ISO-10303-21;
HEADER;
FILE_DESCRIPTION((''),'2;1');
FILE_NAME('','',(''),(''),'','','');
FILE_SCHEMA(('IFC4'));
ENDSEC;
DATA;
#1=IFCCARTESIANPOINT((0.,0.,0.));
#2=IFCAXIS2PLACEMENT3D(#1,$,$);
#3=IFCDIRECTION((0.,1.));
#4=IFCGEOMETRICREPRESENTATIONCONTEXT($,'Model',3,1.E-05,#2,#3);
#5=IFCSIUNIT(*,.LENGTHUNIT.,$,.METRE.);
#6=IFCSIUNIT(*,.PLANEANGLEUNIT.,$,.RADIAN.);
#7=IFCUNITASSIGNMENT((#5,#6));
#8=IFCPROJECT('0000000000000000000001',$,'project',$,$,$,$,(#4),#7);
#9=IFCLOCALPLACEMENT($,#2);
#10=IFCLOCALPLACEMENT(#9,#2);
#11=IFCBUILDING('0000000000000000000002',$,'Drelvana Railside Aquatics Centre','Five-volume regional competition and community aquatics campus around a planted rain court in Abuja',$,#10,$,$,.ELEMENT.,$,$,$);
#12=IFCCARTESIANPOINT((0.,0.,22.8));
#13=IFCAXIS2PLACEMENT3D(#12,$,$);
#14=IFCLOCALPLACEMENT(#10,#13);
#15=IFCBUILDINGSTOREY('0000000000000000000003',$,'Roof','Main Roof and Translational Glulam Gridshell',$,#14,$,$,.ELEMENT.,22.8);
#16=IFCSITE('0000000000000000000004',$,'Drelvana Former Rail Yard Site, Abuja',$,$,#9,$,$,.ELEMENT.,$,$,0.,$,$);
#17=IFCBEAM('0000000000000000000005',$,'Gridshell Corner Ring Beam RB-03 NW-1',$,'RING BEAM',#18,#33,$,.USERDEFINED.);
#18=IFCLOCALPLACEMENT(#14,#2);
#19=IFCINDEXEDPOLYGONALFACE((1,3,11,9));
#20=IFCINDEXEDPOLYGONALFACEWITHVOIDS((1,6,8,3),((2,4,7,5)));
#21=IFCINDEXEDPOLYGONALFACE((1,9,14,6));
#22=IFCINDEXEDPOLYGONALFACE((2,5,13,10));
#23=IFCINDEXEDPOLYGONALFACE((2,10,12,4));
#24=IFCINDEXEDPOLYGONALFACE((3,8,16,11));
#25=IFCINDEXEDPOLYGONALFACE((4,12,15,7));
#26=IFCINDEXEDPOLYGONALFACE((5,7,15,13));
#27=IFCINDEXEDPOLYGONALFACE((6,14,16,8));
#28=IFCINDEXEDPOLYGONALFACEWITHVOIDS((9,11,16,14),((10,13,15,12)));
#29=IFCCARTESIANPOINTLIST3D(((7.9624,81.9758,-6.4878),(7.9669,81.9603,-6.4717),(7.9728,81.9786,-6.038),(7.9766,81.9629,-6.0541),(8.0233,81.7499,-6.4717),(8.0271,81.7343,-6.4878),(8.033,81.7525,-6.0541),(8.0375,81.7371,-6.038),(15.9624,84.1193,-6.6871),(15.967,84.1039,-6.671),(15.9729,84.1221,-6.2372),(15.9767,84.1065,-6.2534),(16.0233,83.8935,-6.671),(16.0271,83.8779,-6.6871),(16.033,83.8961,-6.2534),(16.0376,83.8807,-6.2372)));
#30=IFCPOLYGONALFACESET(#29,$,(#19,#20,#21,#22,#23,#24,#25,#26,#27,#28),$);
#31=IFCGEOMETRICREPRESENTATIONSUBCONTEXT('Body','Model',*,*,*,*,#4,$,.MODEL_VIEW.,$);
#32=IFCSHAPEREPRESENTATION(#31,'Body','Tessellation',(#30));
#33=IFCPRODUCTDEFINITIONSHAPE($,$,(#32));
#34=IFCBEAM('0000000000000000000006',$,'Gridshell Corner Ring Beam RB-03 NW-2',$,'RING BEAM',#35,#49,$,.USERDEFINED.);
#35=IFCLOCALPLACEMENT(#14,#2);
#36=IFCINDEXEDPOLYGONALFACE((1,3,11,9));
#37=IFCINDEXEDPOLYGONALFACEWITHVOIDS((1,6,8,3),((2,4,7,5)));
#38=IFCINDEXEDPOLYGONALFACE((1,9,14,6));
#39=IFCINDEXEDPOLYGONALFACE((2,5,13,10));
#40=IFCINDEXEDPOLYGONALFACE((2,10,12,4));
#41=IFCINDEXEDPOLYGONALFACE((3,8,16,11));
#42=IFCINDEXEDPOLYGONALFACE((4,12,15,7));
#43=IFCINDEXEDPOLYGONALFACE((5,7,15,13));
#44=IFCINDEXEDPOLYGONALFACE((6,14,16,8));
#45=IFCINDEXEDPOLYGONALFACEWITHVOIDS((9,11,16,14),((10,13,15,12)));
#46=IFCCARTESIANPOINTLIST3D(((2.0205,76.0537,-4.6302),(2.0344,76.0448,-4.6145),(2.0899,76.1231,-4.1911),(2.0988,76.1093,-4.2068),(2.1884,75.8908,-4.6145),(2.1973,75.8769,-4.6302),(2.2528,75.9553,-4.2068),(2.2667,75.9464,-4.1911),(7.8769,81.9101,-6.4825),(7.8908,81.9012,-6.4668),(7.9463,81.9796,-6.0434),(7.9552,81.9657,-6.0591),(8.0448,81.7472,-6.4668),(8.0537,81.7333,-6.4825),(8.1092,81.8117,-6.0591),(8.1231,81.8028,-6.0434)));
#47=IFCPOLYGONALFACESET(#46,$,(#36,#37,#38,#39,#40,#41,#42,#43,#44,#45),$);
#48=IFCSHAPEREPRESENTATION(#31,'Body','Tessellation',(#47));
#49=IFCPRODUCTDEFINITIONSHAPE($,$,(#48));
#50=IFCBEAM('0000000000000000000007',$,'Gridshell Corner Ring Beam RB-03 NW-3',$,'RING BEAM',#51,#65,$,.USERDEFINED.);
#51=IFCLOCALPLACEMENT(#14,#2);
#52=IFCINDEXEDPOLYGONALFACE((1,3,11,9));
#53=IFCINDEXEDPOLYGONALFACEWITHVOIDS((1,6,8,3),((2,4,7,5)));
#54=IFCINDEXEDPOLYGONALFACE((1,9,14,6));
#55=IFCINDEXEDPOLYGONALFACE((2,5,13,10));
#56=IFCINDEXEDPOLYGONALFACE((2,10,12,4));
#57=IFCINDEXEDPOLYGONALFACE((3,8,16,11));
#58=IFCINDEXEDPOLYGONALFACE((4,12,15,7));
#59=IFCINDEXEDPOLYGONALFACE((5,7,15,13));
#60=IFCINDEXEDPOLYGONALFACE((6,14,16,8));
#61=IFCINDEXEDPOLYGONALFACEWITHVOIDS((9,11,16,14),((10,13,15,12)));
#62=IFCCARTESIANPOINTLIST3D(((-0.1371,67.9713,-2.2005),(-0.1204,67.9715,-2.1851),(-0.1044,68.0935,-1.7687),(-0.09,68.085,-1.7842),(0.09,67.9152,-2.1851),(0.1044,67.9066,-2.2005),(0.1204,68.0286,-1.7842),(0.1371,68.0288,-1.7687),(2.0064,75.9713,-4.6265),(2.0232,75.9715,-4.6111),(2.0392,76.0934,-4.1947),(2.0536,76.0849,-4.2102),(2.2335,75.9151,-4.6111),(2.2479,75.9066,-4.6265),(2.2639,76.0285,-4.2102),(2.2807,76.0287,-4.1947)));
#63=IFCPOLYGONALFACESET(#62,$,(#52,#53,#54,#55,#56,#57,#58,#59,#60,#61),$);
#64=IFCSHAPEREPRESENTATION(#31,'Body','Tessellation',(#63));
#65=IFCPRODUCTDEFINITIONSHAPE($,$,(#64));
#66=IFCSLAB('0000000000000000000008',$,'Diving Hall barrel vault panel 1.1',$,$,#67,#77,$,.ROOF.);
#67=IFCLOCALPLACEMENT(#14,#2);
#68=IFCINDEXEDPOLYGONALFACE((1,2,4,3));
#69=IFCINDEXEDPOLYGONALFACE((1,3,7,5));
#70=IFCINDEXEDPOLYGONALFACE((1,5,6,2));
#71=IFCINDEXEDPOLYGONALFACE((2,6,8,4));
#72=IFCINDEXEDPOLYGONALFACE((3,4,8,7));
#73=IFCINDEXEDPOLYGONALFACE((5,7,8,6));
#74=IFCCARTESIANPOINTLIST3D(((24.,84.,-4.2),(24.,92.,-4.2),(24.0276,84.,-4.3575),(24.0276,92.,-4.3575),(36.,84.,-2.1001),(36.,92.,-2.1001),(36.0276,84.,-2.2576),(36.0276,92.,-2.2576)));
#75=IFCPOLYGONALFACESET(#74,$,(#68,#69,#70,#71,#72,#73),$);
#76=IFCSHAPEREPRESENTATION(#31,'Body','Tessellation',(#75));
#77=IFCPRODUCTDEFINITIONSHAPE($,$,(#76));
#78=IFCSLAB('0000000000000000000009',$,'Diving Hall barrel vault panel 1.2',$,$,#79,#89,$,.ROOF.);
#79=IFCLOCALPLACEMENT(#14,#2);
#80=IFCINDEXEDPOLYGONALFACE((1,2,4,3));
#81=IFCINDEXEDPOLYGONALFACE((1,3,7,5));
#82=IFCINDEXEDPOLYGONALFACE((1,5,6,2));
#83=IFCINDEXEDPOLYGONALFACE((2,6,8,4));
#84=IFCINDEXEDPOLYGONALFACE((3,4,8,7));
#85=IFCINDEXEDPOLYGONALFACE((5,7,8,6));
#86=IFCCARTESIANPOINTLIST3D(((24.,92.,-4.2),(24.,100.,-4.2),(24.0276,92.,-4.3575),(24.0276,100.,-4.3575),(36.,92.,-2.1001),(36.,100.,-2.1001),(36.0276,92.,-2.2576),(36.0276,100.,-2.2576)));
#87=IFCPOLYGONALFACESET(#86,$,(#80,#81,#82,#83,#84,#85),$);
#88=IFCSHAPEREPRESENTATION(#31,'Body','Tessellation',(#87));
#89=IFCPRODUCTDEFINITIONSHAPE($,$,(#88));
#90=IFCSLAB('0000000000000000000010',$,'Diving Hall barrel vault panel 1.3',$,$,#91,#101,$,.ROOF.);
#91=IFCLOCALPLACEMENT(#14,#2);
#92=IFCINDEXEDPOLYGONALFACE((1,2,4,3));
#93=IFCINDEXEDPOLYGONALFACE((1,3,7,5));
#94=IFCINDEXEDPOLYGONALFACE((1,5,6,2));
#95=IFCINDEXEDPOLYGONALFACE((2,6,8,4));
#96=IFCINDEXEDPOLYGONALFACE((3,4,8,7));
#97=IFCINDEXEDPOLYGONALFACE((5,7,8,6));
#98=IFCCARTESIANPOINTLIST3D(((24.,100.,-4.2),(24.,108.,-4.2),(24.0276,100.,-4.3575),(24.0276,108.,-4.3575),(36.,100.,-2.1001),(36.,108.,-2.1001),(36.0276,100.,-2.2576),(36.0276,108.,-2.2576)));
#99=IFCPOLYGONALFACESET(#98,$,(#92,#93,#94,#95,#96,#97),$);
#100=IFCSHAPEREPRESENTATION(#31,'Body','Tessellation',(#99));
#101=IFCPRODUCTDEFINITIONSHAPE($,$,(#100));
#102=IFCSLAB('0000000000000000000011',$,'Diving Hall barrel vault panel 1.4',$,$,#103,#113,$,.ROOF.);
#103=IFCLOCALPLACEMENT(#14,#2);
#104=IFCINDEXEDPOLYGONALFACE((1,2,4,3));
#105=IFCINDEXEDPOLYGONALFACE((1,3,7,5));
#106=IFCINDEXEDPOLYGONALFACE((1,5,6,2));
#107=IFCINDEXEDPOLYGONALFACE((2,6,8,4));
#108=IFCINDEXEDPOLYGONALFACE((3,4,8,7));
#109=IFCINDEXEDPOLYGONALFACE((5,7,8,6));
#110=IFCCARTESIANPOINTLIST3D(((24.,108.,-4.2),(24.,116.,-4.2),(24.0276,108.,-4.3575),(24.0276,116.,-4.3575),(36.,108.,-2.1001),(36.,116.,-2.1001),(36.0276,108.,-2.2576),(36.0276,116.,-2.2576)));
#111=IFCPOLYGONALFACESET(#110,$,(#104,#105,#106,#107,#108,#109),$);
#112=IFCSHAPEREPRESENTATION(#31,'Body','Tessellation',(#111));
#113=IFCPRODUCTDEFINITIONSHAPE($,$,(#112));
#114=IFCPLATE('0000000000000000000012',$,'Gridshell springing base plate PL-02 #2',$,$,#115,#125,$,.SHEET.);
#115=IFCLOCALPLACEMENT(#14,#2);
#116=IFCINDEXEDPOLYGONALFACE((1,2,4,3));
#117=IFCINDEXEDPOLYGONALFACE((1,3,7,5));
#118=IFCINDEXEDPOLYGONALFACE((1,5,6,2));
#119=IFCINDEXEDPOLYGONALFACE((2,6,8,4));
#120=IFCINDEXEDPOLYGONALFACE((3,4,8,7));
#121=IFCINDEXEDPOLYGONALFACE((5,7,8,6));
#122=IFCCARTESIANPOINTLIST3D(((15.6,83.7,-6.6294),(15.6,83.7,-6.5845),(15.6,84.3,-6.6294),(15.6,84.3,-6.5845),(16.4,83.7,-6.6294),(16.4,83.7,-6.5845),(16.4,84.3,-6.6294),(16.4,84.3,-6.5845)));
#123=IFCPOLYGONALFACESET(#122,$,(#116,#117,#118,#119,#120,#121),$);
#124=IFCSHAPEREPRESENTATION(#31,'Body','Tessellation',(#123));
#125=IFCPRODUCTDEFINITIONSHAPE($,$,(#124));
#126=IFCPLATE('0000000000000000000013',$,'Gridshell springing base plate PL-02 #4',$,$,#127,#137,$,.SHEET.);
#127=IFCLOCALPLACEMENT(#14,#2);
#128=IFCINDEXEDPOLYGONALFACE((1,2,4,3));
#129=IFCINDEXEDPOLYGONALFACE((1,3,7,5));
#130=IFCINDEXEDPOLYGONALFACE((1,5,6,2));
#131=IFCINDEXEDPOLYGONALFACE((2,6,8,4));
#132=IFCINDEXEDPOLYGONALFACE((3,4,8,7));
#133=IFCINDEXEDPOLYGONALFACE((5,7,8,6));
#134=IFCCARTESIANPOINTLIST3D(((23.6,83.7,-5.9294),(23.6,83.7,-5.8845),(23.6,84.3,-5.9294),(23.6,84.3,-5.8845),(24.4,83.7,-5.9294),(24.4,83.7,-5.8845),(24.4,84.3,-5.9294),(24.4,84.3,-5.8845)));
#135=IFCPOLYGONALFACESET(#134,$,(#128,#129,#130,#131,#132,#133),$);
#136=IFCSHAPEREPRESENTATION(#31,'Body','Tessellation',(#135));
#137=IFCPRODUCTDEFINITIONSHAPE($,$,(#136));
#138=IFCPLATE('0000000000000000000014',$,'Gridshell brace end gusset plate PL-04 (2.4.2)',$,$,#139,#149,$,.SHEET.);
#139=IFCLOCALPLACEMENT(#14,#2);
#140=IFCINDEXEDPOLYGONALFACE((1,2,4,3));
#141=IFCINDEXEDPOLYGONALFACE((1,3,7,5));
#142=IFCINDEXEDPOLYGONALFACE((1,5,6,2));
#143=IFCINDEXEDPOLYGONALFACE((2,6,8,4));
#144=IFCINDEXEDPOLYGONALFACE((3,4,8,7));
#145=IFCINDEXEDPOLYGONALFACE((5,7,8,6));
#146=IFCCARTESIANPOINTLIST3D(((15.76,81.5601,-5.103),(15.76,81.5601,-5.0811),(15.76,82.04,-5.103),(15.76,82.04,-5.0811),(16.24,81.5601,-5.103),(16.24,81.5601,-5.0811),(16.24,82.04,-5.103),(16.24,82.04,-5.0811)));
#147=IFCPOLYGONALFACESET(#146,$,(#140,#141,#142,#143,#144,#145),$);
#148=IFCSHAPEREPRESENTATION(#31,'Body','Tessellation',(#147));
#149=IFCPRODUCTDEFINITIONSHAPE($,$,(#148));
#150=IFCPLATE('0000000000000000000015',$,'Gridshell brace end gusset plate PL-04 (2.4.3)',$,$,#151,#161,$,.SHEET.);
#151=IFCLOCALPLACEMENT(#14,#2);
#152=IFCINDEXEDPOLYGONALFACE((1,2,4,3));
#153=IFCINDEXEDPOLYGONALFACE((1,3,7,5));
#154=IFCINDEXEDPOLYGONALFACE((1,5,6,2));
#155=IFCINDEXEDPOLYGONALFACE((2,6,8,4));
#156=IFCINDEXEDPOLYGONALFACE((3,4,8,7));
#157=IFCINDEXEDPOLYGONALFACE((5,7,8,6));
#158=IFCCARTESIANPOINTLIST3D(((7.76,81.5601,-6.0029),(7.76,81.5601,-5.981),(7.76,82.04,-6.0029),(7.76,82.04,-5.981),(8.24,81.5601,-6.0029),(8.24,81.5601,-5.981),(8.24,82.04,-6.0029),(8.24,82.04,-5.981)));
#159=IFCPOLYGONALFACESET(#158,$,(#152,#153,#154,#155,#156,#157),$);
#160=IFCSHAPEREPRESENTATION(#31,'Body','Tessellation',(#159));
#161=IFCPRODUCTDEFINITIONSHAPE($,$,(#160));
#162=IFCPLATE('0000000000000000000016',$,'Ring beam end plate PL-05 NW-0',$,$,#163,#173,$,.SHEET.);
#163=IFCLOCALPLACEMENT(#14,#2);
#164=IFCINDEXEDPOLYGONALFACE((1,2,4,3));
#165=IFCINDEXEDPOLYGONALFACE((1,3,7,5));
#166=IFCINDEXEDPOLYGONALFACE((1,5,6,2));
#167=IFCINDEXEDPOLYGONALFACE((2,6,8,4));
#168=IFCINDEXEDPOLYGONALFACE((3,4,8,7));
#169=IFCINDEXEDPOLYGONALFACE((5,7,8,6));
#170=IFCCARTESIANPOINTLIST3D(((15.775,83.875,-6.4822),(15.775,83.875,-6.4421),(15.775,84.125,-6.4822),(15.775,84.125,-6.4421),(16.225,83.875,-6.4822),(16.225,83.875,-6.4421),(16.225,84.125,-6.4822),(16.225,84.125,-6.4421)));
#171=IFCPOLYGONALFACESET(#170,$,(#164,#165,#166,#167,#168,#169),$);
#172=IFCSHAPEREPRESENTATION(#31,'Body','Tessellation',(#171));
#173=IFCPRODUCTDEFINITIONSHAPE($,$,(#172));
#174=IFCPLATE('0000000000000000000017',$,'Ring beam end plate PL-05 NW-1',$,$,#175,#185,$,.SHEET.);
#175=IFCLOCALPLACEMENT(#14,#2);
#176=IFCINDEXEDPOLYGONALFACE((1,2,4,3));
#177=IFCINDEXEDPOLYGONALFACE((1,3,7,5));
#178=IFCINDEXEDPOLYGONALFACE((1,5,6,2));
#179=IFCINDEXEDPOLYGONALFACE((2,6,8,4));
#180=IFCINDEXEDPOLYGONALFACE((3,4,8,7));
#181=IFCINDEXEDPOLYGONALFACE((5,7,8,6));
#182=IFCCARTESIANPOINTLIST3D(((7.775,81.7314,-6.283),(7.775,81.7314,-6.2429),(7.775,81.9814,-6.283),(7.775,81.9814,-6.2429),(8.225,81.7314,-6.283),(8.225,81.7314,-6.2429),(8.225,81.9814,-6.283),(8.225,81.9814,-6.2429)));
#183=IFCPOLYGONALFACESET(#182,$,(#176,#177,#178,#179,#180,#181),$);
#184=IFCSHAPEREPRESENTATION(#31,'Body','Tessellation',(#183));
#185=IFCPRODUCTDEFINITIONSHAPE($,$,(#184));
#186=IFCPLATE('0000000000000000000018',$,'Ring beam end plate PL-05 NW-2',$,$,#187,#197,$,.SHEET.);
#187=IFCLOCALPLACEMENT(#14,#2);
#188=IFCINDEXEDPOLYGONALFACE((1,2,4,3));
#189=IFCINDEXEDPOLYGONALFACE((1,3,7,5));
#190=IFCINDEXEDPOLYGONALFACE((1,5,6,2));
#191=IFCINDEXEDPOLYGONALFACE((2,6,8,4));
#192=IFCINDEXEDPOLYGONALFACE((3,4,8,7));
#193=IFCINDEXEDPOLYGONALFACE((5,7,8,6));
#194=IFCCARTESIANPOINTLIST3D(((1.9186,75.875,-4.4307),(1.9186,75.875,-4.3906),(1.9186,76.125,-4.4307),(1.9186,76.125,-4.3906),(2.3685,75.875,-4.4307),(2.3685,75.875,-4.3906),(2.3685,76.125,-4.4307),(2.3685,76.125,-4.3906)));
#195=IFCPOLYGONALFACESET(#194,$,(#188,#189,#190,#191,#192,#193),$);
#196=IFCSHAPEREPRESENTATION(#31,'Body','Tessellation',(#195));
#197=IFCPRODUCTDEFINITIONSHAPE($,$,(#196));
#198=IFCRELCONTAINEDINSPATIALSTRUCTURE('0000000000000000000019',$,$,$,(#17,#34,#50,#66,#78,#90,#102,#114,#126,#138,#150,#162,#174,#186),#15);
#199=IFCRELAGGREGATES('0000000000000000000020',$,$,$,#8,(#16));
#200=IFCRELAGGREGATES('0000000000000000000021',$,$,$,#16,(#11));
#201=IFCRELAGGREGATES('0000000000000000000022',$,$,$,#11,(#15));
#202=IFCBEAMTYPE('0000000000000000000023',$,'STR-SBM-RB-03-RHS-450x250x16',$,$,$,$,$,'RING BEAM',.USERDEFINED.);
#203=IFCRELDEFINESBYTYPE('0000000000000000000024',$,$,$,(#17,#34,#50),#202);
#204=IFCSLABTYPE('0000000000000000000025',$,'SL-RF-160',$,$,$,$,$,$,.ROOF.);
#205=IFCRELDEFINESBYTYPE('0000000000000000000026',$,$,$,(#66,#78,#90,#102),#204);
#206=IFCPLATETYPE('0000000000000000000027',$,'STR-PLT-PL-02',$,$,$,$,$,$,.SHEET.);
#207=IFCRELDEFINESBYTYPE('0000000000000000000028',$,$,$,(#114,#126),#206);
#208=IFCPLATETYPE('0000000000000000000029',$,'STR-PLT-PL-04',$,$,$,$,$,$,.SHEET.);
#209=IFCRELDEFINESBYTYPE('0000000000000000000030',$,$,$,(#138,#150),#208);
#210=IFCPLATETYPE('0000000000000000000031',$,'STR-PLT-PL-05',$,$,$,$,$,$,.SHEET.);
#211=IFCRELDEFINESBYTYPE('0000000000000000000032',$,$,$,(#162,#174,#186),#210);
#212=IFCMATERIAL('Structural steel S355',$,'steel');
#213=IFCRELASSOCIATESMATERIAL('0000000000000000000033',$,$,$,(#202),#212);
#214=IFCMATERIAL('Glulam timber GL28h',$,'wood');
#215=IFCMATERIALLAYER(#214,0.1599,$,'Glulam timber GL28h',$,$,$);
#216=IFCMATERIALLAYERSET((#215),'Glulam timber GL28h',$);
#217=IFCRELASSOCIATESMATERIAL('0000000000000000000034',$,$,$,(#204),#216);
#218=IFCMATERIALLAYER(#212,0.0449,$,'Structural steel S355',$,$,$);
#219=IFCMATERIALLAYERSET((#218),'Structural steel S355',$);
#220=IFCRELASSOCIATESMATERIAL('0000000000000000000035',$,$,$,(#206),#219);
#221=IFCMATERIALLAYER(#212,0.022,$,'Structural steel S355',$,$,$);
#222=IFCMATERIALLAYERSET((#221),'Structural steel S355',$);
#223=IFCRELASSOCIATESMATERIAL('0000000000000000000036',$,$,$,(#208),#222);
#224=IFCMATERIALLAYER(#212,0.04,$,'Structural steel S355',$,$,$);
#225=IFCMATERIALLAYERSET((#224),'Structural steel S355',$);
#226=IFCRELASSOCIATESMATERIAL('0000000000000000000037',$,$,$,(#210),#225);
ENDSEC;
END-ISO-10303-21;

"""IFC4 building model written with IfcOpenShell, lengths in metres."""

from ifc_helpers import new_model, si_unit, direction, frame, origin, origin_2d, place, context, subcontext, project, spatial, polyline, rectangle, hollow_rectangle, outline, extrude, material, layer, layer_set, material_profile, profile_set, type_object, element, save


model = new_model("IFC4")

# Units and contexts
model_context = context("Model", 3, precision=1e-05, world=origin(), true_north=direction((0.0, 1.0)))
body_context = subcontext(model_context, "Body", "Model", "MODEL_VIEW")
ifc_project = project(units=[si_unit("LENGTHUNIT", "METRE"), si_unit("PLANEANGLEUNIT", "RADIAN")], contexts=[model_context])

# Site, building, storey
site_placement = place(None, origin())
site = spatial("IfcSite", under=ifc_project, at=site_placement, Name="Drelvana Former Rail Yard Site, Abuja", CompositionType="ELEMENT", RefElevation=0.0)
building_placement = place(site_placement, origin())
building = spatial("IfcBuilding", under=site, at=building_placement, Name="Drelvana Railside Aquatics Centre", Description="Five-volume regional competition and community aquatics campus around a planted rain court in Abuja", CompositionType="ELEMENT")
storey_placement = place(building_placement, frame((0.0, 0.0, 22.8)))
storey = spatial("IfcBuildingStorey", under=building, at=storey_placement, Name="Roof", Description="Main Roof and Translational Glulam Gridshell", CompositionType="ELEMENT", Elevation=22.8)

# Shared definitions
ifc_material_1 = material(Name="Glulam timber GL28h", Category="wood")

# Beams
ifc_material_2 = material(Name="Structural steel S355", Category="steel")
ifc_material_profile_1 = material_profile(ifc_material_2, hollow_rectangle(XDim=0.25, YDim=0.45, WallThickness=0.0161, at=origin_2d()), Name="RHS 450x250x16")
ifc_profile_set_1 = profile_set([ifc_material_profile_1], Name="Structural steel S355")
beam_type_1 = type_object("IfcBeamType", Name="STR-SBM-RB-03-RHS-450x250x16", ElementType="RING BEAM", PredefinedType="USERDEFINED", material=ifc_profile_set_1)
beam_1_placement = place(storey_placement, frame((16.0, 84.0, -6.4622), z_axis=(-0.965648, -0.25874, 0.024047), x_axis=(0.258815, -0.965927, 0.0)))
element("IfcBeam", 1, at=beam_1_placement, inside=storey, type_object=beam_type_1, Name="Gridshell Corner Ring Beam RB-03 NW-1", ObjectType="RING BEAM", PredefinedType="USERDEFINED", context=body_context, shape_type="SweptSolid", body=[
    extrude(hollow_rectangle(XDim=0.25, YDim=0.45, WallThickness=0.0161, at=origin_2d()), origin(), (0.0, 0.0, 1.0), 8.2847),
])
beam_2_placement = place(storey_placement, frame((8.0, 81.8564, -6.2629), z_axis=(-0.69006, -0.69006, 0.218254), x_axis=(0.707107, -0.707107, 0.0)))
element("IfcBeam", 2, at=beam_2_placement, inside=storey, type_object=beam_type_1, Name="Gridshell Corner Ring Beam RB-03 NW-2", ObjectType="RING BEAM", PredefinedType="USERDEFINED", context=body_context, shape_type="SweptSolid", body=[
    extrude(hollow_rectangle(XDim=0.25, YDim=0.45, WallThickness=0.0161, at=origin_2d()), origin(), (0.0, 0.0, 1.0), 8.4868),
])
beam_3_placement = place(storey_placement, frame((2.1436, 76.0, -4.4106), z_axis=(-0.248378, -0.926977, 0.281109), x_axis=(0.965927, -0.258815, 0.0)))
element("IfcBeam", 3, at=beam_3_placement, inside=storey, type_object=beam_type_1, Name="Gridshell Corner Ring Beam RB-03 NW-3", ObjectType="RING BEAM", PredefinedType="USERDEFINED", context=body_context, shape_type="SweptSolid", body=[
    extrude(hollow_rectangle(XDim=0.25, YDim=0.45, WallThickness=0.0161, at=origin_2d()), origin(), (0.0, 0.0, 1.0), 8.6301),
])

# Slabs
ifc_layer_1 = layer(ifc_material_1, 0.1599, Name="Glulam timber GL28h")
ifc_layer_set_1 = layer_set([ifc_layer_1], Name="Glulam timber GL28h")
slab_type = type_object("IfcSlabType", Name="SL-RF-160", PredefinedType="ROOF", material=ifc_layer_set_1)
for number, where, z_axis, x_axis, name in (
    (4, (24.0, 84.0, -4.2), (-0.172369, 0.0, 0.985033), (0.985033, 0.0, 0.172369), "Diving Hall barrel vault panel 1.1"),
    (5, (24.0, 92.0, -4.2), (-0.172369, 0.0, 0.985033), (0.985033, 0.0, 0.172369), "Diving Hall barrel vault panel 1.2"),
    (6, (24.0, 100.0, -4.2), (-0.172369, 0.0, 0.985033), (0.985033, 0.0, 0.172369), "Diving Hall barrel vault panel 1.3"),
    (7, (24.0, 108.0, -4.2), (-0.172369, 0.0, 0.985033), (0.985033, 0.0, 0.172369), "Diving Hall barrel vault panel 1.4"),
):
    element("IfcSlab", number, at=place(storey_placement, frame(where, z_axis=z_axis, x_axis=x_axis)), inside=storey, type_object=slab_type, Name=name, PredefinedType="ROOF", context=body_context, shape_type="SweptSolid", body=[
        extrude(outline(polyline([(0.0, 0.0), (12.1823, 0.0), (12.1823, 8.0), (0.0, 8.0), (0.0, 0.0)])), origin(), (0.0, 0.0, -1.0), 0.1599),
    ])

# Plates
ifc_layer_2 = layer(ifc_material_2, 0.0449, Name="Structural steel S355")
ifc_layer_set_2 = layer_set([ifc_layer_2], Name="Structural steel S355")
plate_type_1 = type_object("IfcPlateType", Name="STR-PLT-PL-02", PredefinedType="SHEET", material=ifc_layer_set_2)
for number, where, z_axis, x_axis, name in (
    (8, (16.0, 84.0, -6.6294), (0.0, 0.0, 1.0), (1.0, 0.0, 0.0), "Gridshell springing base plate PL-02 #2"),
    (9, (24.0, 84.0, -5.9294), (0.0, 0.0, 1.0), (1.0, 0.0, 0.0), "Gridshell springing base plate PL-02 #4"),
):
    element("IfcPlate", number, at=place(storey_placement, frame(where, z_axis=z_axis, x_axis=x_axis)), inside=storey, type_object=plate_type_1, Name=name, PredefinedType="SHEET", context=body_context, shape_type="SweptSolid", body=[
        extrude(rectangle(XDim=0.8, YDim=0.6001, at=origin_2d()), origin(), (0.0, 0.0, 1.0), 0.0449),
    ])
ifc_layer_3 = layer(ifc_material_2, 0.022, Name="Structural steel S355")
ifc_layer_set_3 = layer_set([ifc_layer_3], Name="Structural steel S355")
plate_type_2 = type_object("IfcPlateType", Name="STR-PLT-PL-04", PredefinedType="SHEET", material=ifc_layer_set_3)
for number, where, z_axis, x_axis, name in (
    (10, (16.0, 81.8, -5.103), (0.0, 0.0, 1.0), (1.0, 0.0, 0.0), "Gridshell brace end gusset plate PL-04 (2.4.2)"),
    (11, (8.0, 81.8, -6.0029), (0.0, 0.0, 1.0), (1.0, 0.0, 0.0), "Gridshell brace end gusset plate PL-04 (2.4.3)"),
):
    element("IfcPlate", number, at=place(storey_placement, frame(where, z_axis=z_axis, x_axis=x_axis)), inside=storey, type_object=plate_type_2, Name=name, PredefinedType="SHEET", context=body_context, shape_type="SweptSolid", body=[
        extrude(rectangle(XDim=0.48, YDim=0.48, at=origin_2d()), origin(), (0.0, 0.0, 1.0), 0.022),
    ])
ifc_layer_4 = layer(ifc_material_2, 0.04, Name="Structural steel S355")
ifc_layer_set_4 = layer_set([ifc_layer_4], Name="Structural steel S355")
plate_type_3 = type_object("IfcPlateType", Name="STR-PLT-PL-05", PredefinedType="SHEET", material=ifc_layer_set_4)
for number, where, z_axis, x_axis, name in (
    (12, (16.0, 84.0, -6.4822), (0.0, 0.0, 1.0), (1.0, 0.0, 0.0), "Ring beam end plate PL-05 NW-0"),
    (13, (8.0, 81.8564, -6.283), (0.0, 0.0, 1.0), (1.0, 0.0, 0.0), "Ring beam end plate PL-05 NW-1"),
    (14, (2.1436, 76.0, -4.4307), (0.0, 0.0, 1.0), (1.0, 0.0, 0.0), "Ring beam end plate PL-05 NW-2"),
):
    element("IfcPlate", number, at=place(storey_placement, frame(where, z_axis=z_axis, x_axis=x_axis)), inside=storey, type_object=plate_type_3, Name=name, PredefinedType="SHEET", context=body_context, shape_type="SweptSolid", body=[
        extrude(rectangle(XDim=0.45, YDim=0.25, at=origin_2d()), origin(), (0.0, 0.0, 1.0), 0.04),
    ])

save(model, "model.ifc")
